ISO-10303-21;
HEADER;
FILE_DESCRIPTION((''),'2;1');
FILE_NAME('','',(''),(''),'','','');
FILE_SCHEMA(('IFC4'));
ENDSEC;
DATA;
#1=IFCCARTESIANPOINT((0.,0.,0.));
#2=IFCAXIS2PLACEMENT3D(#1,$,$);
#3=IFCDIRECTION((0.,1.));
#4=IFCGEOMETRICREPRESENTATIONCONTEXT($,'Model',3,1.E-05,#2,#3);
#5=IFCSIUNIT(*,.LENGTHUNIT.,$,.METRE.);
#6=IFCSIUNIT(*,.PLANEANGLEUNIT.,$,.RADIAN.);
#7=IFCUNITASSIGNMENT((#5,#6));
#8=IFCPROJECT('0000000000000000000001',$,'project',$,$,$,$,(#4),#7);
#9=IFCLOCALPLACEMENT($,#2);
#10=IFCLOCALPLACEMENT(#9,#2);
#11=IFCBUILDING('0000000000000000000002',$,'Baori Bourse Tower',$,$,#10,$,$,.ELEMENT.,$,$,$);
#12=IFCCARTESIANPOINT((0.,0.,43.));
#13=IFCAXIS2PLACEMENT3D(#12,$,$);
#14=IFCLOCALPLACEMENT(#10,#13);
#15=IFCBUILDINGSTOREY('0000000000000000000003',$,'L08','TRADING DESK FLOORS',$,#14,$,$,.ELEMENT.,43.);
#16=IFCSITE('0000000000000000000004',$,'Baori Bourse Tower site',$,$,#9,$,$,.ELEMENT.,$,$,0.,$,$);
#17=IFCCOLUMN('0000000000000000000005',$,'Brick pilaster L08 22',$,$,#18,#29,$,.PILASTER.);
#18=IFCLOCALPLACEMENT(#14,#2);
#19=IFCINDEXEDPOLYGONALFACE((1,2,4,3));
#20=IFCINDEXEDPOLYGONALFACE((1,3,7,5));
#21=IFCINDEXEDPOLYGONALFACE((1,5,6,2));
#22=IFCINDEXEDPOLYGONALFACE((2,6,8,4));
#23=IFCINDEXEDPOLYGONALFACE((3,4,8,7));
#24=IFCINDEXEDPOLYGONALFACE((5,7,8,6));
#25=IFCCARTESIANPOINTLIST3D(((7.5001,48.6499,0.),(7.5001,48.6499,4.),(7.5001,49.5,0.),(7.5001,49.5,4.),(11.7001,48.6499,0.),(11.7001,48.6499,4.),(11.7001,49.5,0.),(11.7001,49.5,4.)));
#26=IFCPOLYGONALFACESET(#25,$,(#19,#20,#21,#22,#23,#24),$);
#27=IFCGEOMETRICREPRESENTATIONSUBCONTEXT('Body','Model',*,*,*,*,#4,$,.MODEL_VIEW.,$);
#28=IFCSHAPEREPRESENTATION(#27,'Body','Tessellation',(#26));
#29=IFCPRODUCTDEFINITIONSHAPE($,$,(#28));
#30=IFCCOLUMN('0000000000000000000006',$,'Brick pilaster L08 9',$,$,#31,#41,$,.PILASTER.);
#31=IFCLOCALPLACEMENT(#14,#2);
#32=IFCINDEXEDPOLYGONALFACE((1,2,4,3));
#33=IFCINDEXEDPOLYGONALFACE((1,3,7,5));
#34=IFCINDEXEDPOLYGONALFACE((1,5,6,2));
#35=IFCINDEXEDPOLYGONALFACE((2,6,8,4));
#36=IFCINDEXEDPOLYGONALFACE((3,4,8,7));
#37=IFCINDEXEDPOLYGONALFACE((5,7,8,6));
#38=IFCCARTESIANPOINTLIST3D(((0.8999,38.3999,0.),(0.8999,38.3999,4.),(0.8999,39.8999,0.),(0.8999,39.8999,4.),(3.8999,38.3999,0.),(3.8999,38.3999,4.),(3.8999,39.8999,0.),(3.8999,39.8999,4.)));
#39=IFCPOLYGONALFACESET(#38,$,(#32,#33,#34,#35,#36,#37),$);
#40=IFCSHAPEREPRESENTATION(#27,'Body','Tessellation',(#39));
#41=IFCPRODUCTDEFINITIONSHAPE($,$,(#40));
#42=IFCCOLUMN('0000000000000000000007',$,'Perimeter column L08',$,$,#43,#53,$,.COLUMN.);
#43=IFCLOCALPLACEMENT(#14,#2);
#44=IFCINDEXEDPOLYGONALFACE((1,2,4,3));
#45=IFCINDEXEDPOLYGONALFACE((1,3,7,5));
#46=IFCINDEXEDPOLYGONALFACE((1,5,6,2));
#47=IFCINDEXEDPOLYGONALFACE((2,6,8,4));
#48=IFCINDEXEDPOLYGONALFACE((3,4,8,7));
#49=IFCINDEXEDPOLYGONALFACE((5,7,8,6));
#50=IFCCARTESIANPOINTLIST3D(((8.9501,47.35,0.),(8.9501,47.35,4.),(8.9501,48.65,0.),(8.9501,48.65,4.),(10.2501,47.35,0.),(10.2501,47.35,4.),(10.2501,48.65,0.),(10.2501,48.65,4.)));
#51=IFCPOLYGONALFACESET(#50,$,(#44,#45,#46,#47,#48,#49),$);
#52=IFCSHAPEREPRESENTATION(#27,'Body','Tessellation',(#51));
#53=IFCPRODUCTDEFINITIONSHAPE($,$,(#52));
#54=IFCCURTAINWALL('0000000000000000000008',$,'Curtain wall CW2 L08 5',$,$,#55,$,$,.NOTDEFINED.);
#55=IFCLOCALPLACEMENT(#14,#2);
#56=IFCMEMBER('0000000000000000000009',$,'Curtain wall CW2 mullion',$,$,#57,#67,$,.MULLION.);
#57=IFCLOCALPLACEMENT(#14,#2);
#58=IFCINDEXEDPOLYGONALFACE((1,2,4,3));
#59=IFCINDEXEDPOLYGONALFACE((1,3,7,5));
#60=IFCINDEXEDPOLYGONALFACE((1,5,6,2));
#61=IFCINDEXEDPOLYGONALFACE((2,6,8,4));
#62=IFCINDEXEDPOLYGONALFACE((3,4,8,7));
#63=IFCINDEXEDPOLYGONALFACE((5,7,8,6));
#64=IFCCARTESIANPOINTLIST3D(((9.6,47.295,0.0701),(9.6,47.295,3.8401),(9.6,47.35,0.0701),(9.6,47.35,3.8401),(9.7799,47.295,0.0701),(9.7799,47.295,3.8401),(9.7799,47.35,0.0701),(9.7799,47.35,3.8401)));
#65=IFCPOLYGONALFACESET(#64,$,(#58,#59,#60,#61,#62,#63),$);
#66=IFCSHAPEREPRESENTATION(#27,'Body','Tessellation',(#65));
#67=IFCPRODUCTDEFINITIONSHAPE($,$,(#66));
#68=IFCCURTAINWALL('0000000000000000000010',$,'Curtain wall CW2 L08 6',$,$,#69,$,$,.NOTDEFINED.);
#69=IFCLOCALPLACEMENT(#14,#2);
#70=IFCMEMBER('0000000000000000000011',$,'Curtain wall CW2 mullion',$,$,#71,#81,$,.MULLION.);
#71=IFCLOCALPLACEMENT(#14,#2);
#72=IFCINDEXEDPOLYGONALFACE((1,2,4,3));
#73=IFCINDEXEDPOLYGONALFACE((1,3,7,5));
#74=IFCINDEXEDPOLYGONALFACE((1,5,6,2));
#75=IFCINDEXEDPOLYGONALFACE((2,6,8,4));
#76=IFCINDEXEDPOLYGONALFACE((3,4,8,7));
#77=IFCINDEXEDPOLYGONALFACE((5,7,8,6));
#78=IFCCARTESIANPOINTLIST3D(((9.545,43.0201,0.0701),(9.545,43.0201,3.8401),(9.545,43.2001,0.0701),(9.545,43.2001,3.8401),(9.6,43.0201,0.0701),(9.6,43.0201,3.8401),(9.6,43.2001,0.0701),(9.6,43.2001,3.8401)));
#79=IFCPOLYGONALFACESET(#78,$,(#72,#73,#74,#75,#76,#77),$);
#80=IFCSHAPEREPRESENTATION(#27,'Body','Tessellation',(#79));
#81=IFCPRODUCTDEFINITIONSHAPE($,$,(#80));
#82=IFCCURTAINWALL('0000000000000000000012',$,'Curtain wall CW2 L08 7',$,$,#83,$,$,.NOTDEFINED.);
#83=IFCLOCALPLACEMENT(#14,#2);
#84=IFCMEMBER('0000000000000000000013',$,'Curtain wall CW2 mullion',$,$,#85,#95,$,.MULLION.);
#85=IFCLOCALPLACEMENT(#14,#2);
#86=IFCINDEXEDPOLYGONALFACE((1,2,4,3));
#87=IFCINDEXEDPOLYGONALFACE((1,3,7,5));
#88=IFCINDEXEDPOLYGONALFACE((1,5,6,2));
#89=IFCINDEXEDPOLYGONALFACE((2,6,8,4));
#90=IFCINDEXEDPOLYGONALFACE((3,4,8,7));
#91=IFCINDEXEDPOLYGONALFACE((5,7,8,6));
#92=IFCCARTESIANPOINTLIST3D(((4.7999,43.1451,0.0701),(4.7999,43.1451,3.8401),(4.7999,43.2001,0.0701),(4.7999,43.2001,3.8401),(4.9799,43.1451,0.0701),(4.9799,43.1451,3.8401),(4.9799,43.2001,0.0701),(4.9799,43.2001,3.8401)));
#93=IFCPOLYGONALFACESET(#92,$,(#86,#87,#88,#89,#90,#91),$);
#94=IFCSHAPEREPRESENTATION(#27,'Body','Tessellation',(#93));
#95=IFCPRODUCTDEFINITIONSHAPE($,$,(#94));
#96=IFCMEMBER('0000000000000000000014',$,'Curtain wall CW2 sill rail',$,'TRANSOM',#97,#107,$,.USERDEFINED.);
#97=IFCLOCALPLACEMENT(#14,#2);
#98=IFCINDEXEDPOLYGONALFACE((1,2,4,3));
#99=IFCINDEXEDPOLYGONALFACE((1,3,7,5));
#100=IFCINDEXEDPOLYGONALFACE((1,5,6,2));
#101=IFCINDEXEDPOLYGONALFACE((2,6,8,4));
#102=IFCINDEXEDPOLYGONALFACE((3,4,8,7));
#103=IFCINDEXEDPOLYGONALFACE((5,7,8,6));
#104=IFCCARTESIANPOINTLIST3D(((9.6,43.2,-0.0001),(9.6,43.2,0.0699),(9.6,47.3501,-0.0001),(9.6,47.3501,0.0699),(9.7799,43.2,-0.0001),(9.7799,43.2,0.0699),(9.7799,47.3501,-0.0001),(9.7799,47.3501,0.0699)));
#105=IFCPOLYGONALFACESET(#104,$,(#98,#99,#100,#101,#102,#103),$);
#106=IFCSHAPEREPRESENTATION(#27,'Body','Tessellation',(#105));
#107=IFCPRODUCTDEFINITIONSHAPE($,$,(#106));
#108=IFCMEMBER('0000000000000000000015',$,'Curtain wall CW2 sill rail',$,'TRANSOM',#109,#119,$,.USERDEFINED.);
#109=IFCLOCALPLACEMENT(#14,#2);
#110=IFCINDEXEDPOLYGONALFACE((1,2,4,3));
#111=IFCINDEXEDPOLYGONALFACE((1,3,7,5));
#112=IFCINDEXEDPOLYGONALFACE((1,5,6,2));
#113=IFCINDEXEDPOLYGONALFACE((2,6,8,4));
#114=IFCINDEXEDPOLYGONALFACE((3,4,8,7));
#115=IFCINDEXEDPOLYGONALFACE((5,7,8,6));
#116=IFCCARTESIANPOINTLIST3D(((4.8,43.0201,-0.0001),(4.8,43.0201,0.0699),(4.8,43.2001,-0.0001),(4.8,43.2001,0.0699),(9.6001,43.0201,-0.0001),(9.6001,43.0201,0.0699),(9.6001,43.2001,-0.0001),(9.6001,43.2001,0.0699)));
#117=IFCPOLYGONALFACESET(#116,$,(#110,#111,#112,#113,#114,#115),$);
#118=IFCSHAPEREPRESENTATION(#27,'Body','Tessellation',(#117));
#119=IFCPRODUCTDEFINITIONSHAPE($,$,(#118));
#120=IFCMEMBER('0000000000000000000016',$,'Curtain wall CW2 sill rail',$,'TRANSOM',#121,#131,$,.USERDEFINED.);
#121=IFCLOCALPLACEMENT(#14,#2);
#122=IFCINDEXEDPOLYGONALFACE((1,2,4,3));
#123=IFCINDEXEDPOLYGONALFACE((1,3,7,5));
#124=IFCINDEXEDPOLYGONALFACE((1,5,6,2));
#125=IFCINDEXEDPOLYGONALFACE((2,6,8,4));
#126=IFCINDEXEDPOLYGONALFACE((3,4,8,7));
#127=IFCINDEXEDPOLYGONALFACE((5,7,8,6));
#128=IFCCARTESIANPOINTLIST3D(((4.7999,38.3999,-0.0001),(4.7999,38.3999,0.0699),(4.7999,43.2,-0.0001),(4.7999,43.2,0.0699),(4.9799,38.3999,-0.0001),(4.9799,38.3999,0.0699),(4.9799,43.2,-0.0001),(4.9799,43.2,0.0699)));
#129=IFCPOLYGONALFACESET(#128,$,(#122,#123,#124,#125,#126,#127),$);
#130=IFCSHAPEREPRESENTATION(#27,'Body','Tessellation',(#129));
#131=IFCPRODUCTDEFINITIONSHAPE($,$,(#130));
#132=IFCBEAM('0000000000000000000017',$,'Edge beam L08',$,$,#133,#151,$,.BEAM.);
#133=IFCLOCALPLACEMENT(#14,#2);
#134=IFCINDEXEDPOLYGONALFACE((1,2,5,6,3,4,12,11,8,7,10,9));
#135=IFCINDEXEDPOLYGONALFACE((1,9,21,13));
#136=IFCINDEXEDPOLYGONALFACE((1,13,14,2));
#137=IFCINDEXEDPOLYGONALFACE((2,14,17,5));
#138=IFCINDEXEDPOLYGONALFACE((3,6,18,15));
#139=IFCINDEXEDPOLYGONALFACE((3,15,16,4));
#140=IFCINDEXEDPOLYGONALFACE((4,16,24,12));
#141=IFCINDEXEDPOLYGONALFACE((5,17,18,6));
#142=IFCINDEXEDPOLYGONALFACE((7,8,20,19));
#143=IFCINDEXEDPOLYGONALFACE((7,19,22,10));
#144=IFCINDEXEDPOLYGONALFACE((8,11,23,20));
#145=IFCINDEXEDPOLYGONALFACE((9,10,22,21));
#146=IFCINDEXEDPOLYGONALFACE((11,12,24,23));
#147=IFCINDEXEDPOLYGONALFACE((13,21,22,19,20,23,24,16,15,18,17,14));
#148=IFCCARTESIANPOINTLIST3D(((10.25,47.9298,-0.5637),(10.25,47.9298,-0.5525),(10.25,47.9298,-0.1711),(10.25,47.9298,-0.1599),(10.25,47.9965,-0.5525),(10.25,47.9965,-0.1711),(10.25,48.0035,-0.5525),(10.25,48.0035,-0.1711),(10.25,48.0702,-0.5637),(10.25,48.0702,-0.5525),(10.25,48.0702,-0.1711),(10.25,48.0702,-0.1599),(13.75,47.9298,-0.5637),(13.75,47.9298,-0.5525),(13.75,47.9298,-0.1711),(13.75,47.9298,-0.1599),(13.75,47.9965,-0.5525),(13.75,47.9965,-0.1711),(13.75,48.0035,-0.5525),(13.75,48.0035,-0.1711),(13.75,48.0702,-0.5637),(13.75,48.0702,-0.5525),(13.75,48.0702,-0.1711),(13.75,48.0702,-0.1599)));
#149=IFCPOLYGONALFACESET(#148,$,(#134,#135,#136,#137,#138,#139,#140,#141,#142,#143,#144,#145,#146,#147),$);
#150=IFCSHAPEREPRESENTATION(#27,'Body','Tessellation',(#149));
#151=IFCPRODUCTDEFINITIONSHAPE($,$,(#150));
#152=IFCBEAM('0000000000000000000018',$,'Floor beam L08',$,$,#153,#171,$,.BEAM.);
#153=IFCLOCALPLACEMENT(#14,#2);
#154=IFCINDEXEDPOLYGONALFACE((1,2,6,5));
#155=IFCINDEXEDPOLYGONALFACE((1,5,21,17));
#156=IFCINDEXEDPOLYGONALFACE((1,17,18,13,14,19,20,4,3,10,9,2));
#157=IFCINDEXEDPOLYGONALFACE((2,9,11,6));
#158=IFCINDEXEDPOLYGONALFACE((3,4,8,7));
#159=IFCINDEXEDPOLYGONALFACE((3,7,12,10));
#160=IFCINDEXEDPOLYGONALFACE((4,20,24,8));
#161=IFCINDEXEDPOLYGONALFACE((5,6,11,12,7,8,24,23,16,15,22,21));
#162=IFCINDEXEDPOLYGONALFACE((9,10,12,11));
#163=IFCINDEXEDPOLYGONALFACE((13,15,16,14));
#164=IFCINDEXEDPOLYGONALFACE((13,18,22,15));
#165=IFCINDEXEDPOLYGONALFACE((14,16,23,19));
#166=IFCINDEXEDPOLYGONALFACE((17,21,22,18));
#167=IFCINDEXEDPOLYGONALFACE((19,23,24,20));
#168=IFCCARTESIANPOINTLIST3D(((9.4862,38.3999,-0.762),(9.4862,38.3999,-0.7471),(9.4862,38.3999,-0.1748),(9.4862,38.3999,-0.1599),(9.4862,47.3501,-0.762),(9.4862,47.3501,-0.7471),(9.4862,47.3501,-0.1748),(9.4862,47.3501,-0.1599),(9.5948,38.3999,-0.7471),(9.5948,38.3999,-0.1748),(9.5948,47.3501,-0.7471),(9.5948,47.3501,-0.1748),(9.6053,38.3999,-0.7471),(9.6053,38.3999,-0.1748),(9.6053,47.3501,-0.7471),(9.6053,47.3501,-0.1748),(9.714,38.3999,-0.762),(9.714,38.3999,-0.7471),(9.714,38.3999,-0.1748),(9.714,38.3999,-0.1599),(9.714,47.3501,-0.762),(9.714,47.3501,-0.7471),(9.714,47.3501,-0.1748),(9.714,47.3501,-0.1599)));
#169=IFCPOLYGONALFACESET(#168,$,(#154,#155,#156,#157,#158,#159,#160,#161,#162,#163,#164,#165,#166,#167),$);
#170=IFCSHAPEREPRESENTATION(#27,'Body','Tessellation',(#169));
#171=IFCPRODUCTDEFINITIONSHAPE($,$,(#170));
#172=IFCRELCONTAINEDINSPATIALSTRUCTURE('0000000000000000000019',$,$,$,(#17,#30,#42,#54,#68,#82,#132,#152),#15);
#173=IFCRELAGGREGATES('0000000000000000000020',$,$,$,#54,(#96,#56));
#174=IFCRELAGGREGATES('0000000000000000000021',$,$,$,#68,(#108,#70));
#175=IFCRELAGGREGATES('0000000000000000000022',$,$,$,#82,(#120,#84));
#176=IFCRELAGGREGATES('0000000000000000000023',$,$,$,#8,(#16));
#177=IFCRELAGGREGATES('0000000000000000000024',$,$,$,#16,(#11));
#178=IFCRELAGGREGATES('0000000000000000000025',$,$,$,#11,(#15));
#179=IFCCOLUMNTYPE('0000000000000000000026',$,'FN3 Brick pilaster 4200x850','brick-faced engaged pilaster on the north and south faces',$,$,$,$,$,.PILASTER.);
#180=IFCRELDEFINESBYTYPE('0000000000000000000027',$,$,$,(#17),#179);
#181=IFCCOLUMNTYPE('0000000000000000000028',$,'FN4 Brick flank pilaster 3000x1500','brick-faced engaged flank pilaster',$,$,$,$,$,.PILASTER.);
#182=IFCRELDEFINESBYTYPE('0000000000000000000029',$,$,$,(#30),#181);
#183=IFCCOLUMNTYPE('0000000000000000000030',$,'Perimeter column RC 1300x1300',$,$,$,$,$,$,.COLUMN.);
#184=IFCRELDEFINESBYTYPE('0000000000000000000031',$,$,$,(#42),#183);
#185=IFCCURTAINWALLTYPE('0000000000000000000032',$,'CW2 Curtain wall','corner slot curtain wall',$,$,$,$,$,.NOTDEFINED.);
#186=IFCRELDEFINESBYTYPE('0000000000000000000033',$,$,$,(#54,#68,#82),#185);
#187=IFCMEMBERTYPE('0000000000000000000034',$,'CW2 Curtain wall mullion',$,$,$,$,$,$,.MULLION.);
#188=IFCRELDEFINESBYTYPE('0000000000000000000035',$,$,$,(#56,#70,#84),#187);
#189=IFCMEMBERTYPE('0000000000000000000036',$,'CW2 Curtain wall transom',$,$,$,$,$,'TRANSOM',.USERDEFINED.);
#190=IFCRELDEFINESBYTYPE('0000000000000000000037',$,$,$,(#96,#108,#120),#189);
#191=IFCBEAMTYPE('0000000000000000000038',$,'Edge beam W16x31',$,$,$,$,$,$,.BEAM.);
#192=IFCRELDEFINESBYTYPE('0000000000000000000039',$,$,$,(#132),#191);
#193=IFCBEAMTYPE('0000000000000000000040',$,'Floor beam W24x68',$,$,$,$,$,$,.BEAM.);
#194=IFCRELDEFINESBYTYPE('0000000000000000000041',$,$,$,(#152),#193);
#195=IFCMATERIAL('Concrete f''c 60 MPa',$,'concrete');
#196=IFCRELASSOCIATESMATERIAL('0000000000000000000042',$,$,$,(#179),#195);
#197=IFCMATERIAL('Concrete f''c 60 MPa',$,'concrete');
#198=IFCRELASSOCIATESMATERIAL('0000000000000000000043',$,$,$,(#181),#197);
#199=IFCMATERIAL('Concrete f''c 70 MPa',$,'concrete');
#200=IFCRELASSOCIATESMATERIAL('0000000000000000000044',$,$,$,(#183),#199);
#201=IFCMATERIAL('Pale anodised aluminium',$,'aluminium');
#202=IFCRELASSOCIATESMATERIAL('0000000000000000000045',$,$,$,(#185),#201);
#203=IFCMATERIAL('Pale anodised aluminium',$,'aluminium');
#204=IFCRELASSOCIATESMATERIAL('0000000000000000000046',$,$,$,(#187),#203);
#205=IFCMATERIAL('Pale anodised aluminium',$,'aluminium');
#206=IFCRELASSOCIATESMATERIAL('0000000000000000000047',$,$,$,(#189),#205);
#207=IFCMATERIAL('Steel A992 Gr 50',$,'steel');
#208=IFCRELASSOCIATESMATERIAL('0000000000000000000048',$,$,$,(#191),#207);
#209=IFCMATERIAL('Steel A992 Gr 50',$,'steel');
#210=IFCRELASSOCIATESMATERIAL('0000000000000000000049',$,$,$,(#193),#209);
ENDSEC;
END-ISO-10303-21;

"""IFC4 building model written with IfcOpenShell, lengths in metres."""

from ifc_helpers import new_model, si_unit, direction, frame, origin, origin_2d, place, context, subcontext, project, spatial, rectangle, i_section, extrude, material, material_profile, profile_set, type_object, element, aggregate, save


model = new_model("IFC4")

# Units and contexts
model_context = context("Model", 3, precision=1e-05, world=origin(), true_north=direction((0.0, 1.0)))
body_context = subcontext(model_context, "Body", "Model", "MODEL_VIEW")
ifc_project = project(units=[si_unit("LENGTHUNIT", "METRE"), si_unit("PLANEANGLEUNIT", "RADIAN")], contexts=[model_context])

# Site, building, storey
site_placement = place(None, origin())
site = spatial("IfcSite", under=ifc_project, at=site_placement, Name="Baori Bourse Tower site", CompositionType="ELEMENT", RefElevation=0.0)
building_placement = place(site_placement, origin())
building = spatial("IfcBuilding", under=site, at=building_placement, Name="Baori Bourse Tower", CompositionType="ELEMENT")
storey_placement = place(building_placement, frame((0.0, 0.0, 43.0)))
storey = spatial("IfcBuildingStorey", under=building, at=storey_placement, Name="L08", Description="TRADING DESK FLOORS", CompositionType="ELEMENT", Elevation=43.0)

# Columns
ifc_material_1 = material(Name="Concrete f'c 60 MPa", Category="concrete")
ifc_material_profile_1 = material_profile(ifc_material_1, rectangle(XDim=4.2, YDim=0.8501, at=origin_2d()), Name="RC 4200x850")
ifc_profile_set_1 = profile_set([ifc_material_profile_1], Name="Concrete f'c 60 MPa")
column_type_1 = type_object("IfcColumnType", Name="FN3 Brick pilaster 4200x850", Description="brick-faced engaged pilaster on the north and south faces", PredefinedType="PILASTER", material=ifc_profile_set_1)
column_1_placement = place(storey_placement, frame((9.6001, 49.075, 0.0), z_axis=(0.0, 0.0, 1.0), x_axis=(1.0, 0.0, 0.0)))
element("IfcColumn", 1, at=column_1_placement, inside=storey, type_object=column_type_1, Name="Brick pilaster L08 22", PredefinedType="PILASTER", context=body_context, shape_type="SweptSolid", body=[
    extrude(rectangle(XDim=4.2, YDim=0.8501, at=origin_2d()), origin(), (0.0, 0.0, 1.0), 4.0),
])
ifc_material_2 = material(Name="Concrete f'c 60 MPa", Category="concrete")
ifc_material_profile_2 = material_profile(ifc_material_2, rectangle(XDim=3.0, YDim=1.5, at=origin_2d()), Name="RC 3000x1500")
ifc_profile_set_2 = profile_set([ifc_material_profile_2], Name="Concrete f'c 60 MPa")
column_type_2 = type_object("IfcColumnType", Name="FN4 Brick flank pilaster 3000x1500", Description="brick-faced engaged flank pilaster", PredefinedType="PILASTER", material=ifc_profile_set_2)
column_2_placement = place(storey_placement, frame((2.3999, 39.1499, 0.0), z_axis=(0.0, 0.0, 1.0), x_axis=(1.0, 0.0, 0.0)))
element("IfcColumn", 2, at=column_2_placement, inside=storey, type_object=column_type_2, Name="Brick pilaster L08 9", PredefinedType="PILASTER", context=body_context, shape_type="SweptSolid", body=[
    extrude(rectangle(XDim=3.0, YDim=1.5, at=origin_2d()), origin(), (0.0, 0.0, 1.0), 4.0),
])
ifc_material_3 = material(Name="Concrete f'c 70 MPa", Category="concrete")
ifc_material_profile_3 = material_profile(ifc_material_3, rectangle(XDim=1.3, YDim=1.3, at=origin_2d()), Name="RC 1300x1300")
ifc_profile_set_3 = profile_set([ifc_material_profile_3], Name="Concrete f'c 70 MPa")
column_type_3 = type_object("IfcColumnType", Name="Perimeter column RC 1300x1300", PredefinedType="COLUMN", material=ifc_profile_set_3)
column_3_placement = place(storey_placement, frame((9.6001, 48.0, 0.0), z_axis=(0.0, 0.0, 1.0), x_axis=(1.0, 0.0, 0.0)))
element("IfcColumn", 3, at=column_3_placement, inside=storey, type_object=column_type_3, Name="Perimeter column L08", PredefinedType="COLUMN", context=body_context, shape_type="SweptSolid", body=[
    extrude(rectangle(XDim=1.3, YDim=1.3, at=origin_2d()), origin(), (0.0, 0.0, 1.0), 4.0),
])

# Curtain walls, members
ifc_material_4 = material(Name="Pale anodised aluminium", Category="aluminium")
curtain_wall_type_1 = type_object("IfcCurtainWallType", Name="CW2 Curtain wall", Description="corner slot curtain wall", PredefinedType="NOTDEFINED", material=ifc_material_4)
curtain_wall_1_placement = place(storey_placement, origin())
curtain_wall_1 = element("IfcCurtainWall", 4, at=curtain_wall_1_placement, inside=storey, type_object=curtain_wall_type_1, Name="Curtain wall CW2 L08 5", PredefinedType="NOTDEFINED")
ifc_material_5 = material(Name="Pale anodised aluminium", Category="aluminium")
ifc_material_profile_4 = material_profile(ifc_material_5, rectangle(XDim=0.1799, YDim=0.0549, at=origin_2d()), Name="Mullion 55x180")
ifc_profile_set_4 = profile_set([ifc_material_profile_4], Name="Pale anodised aluminium")
member_type_1 = type_object("IfcMemberType", Name="CW2 Curtain wall mullion", PredefinedType="MULLION", material=ifc_profile_set_4)
member_1_placement = place(storey_placement, frame((9.6899, 47.3225, 0.0701), z_axis=(0.0, 0.0, 1.0), x_axis=(1.0, 0.0, 0.0)))
member_1 = element("IfcMember", 5, at=member_1_placement, type_object=member_type_1, Name="Curtain wall CW2 mullion", PredefinedType="MULLION", context=body_context, shape_type="SweptSolid", body=[
    extrude(rectangle(XDim=0.1799, YDim=0.0549, at=origin_2d()), origin(), (0.0, 0.0, 1.0), 3.77),
])
curtain_wall_2_placement = place(storey_placement, origin())
curtain_wall_2 = element("IfcCurtainWall", 6, at=curtain_wall_2_placement, inside=storey, type_object=curtain_wall_type_1, Name="Curtain wall CW2 L08 6", PredefinedType="NOTDEFINED")
member_2_placement = place(storey_placement, frame((9.5725, 43.1101, 0.0701), z_axis=(0.0, 0.0, 1.0), x_axis=(0.0, -1.0, 0.0)))
member_2 = element("IfcMember", 7, at=member_2_placement, type_object=member_type_1, Name="Curtain wall CW2 mullion", PredefinedType="MULLION", context=body_context, shape_type="SweptSolid", body=[
    extrude(rectangle(XDim=0.1799, YDim=0.0549, at=origin_2d()), origin(), (0.0, 0.0, 1.0), 3.77),
])
curtain_wall_3_placement = place(storey_placement, origin())
curtain_wall_3 = element("IfcCurtainWall", 8, at=curtain_wall_3_placement, inside=storey, type_object=curtain_wall_type_1, Name="Curtain wall CW2 L08 7", PredefinedType="NOTDEFINED")
member_3_placement = place(storey_placement, frame((4.8899, 43.1726, 0.0701), z_axis=(0.0, 0.0, 1.0), x_axis=(1.0, 0.0, 0.0)))
member_3 = element("IfcMember", 9, at=member_3_placement, type_object=member_type_1, Name="Curtain wall CW2 mullion", PredefinedType="MULLION", context=body_context, shape_type="SweptSolid", body=[
    extrude(rectangle(XDim=0.1799, YDim=0.0549, at=origin_2d()), origin(), (0.0, 0.0, 1.0), 3.77),
])

# Members
ifc_material_6 = material(Name="Pale anodised aluminium", Category="aluminium")
ifc_material_profile_5 = material_profile(ifc_material_6, rectangle(XDim=0.1799, YDim=0.0701, at=origin_2d()), Name="Transom 70x180")
ifc_profile_set_5 = profile_set([ifc_material_profile_5], Name="Pale anodised aluminium")
member_type_2 = type_object("IfcMemberType", Name="CW2 Curtain wall transom", ElementType="TRANSOM", PredefinedType="USERDEFINED", material=ifc_profile_set_5)
member_4_placement = place(storey_placement, frame((9.6899, 47.3501, 0.0349), z_axis=(0.0, -1.0, 0.0), x_axis=(1.0, 0.0, 0.0)))
member_4 = element("IfcMember", 10, at=member_4_placement, type_object=member_type_2, Name="Curtain wall CW2 sill rail", ObjectType="TRANSOM", PredefinedType="USERDEFINED", context=body_context, shape_type="SweptSolid", body=[
    extrude(rectangle(XDim=0.1799, YDim=0.0701, at=origin_2d()), origin(), (0.0, 0.0, 1.0), 4.1501),
])
member_5_placement = place(storey_placement, frame((9.6001, 43.1101, 0.0349), z_axis=(-1.0, 0.0, 0.0), x_axis=(0.0, -1.0, 0.0)))
member_5 = element("IfcMember", 11, at=member_5_placement, type_object=member_type_2, Name="Curtain wall CW2 sill rail", ObjectType="TRANSOM", PredefinedType="USERDEFINED", context=body_context, shape_type="SweptSolid", body=[
    extrude(rectangle(XDim=0.1799, YDim=0.0701, at=origin_2d()), origin(), (0.0, 0.0, 1.0), 4.8),
])
member_6_placement = place(storey_placement, frame((4.8899, 43.2, 0.0349), z_axis=(0.0, -1.0, 0.0), x_axis=(1.0, 0.0, 0.0)))
member_6 = element("IfcMember", 12, at=member_6_placement, type_object=member_type_2, Name="Curtain wall CW2 sill rail", ObjectType="TRANSOM", PredefinedType="USERDEFINED", context=body_context, shape_type="SweptSolid", body=[
    extrude(rectangle(XDim=0.1799, YDim=0.0701, at=origin_2d()), origin(), (0.0, 0.0, 1.0), 4.8),
])

# Beams
ifc_material_7 = material(Name="Steel A992 Gr 50", Category="steel")
ifc_material_profile_6 = material_profile(ifc_material_7, i_section(OverallWidth=0.1404, OverallDepth=0.4038, WebThickness=0.0071, FlangeThickness=0.0112, at=origin_2d()), Name="W16x31")
ifc_profile_set_6 = profile_set([ifc_material_profile_6], Name="Steel A992 Gr 50")
beam_type_1 = type_object("IfcBeamType", Name="Edge beam W16x31", PredefinedType="BEAM", material=ifc_profile_set_6)
beam_1_placement = place(storey_placement, frame((10.25, 48.0, -0.3618), z_axis=(1.0, 0.0, 0.0), x_axis=(0.0, 1.0, 0.0)))
element("IfcBeam", 13, at=beam_1_placement, inside=storey, type_object=beam_type_1, Name="Edge beam L08", PredefinedType="BEAM", context=body_context, shape_type="SweptSolid", body=[
    extrude(i_section(OverallWidth=0.1404, OverallDepth=0.4038, WebThickness=0.0071, FlangeThickness=0.0112, at=origin_2d()), origin(), (0.0, 0.0, 1.0), 3.5),
])
ifc_material_8 = material(Name="Steel A992 Gr 50", Category="steel")
ifc_material_profile_7 = material_profile(ifc_material_8, i_section(OverallWidth=0.2278, OverallDepth=0.6021, WebThickness=0.0105, FlangeThickness=0.0149, at=origin_2d()), Name="W24x68")
ifc_profile_set_7 = profile_set([ifc_material_profile_7], Name="Steel A992 Gr 50")
beam_type_2 = type_object("IfcBeamType", Name="Floor beam W24x68", PredefinedType="BEAM", material=ifc_profile_set_7)
beam_2_placement = place(storey_placement, frame((9.6001, 38.3999, -0.4609), z_axis=(0.0, 1.0, 0.0), x_axis=(-1.0, 0.0, 0.0)))
element("IfcBeam", 14, at=beam_2_placement, inside=storey, type_object=beam_type_2, Name="Floor beam L08", PredefinedType="BEAM", context=body_context, shape_type="SweptSolid", body=[
    extrude(i_section(OverallWidth=0.2278, OverallDepth=0.6021, WebThickness=0.0105, FlangeThickness=0.0149, at=origin_2d()), origin(), (0.0, 0.0, 1.0), 8.9502),
])

aggregate(curtain_wall_1, [member_4, member_1])
aggregate(curtain_wall_2, [member_5, member_2])
aggregate(curtain_wall_3, [member_6, member_3])

save(model, "model.ifc")
